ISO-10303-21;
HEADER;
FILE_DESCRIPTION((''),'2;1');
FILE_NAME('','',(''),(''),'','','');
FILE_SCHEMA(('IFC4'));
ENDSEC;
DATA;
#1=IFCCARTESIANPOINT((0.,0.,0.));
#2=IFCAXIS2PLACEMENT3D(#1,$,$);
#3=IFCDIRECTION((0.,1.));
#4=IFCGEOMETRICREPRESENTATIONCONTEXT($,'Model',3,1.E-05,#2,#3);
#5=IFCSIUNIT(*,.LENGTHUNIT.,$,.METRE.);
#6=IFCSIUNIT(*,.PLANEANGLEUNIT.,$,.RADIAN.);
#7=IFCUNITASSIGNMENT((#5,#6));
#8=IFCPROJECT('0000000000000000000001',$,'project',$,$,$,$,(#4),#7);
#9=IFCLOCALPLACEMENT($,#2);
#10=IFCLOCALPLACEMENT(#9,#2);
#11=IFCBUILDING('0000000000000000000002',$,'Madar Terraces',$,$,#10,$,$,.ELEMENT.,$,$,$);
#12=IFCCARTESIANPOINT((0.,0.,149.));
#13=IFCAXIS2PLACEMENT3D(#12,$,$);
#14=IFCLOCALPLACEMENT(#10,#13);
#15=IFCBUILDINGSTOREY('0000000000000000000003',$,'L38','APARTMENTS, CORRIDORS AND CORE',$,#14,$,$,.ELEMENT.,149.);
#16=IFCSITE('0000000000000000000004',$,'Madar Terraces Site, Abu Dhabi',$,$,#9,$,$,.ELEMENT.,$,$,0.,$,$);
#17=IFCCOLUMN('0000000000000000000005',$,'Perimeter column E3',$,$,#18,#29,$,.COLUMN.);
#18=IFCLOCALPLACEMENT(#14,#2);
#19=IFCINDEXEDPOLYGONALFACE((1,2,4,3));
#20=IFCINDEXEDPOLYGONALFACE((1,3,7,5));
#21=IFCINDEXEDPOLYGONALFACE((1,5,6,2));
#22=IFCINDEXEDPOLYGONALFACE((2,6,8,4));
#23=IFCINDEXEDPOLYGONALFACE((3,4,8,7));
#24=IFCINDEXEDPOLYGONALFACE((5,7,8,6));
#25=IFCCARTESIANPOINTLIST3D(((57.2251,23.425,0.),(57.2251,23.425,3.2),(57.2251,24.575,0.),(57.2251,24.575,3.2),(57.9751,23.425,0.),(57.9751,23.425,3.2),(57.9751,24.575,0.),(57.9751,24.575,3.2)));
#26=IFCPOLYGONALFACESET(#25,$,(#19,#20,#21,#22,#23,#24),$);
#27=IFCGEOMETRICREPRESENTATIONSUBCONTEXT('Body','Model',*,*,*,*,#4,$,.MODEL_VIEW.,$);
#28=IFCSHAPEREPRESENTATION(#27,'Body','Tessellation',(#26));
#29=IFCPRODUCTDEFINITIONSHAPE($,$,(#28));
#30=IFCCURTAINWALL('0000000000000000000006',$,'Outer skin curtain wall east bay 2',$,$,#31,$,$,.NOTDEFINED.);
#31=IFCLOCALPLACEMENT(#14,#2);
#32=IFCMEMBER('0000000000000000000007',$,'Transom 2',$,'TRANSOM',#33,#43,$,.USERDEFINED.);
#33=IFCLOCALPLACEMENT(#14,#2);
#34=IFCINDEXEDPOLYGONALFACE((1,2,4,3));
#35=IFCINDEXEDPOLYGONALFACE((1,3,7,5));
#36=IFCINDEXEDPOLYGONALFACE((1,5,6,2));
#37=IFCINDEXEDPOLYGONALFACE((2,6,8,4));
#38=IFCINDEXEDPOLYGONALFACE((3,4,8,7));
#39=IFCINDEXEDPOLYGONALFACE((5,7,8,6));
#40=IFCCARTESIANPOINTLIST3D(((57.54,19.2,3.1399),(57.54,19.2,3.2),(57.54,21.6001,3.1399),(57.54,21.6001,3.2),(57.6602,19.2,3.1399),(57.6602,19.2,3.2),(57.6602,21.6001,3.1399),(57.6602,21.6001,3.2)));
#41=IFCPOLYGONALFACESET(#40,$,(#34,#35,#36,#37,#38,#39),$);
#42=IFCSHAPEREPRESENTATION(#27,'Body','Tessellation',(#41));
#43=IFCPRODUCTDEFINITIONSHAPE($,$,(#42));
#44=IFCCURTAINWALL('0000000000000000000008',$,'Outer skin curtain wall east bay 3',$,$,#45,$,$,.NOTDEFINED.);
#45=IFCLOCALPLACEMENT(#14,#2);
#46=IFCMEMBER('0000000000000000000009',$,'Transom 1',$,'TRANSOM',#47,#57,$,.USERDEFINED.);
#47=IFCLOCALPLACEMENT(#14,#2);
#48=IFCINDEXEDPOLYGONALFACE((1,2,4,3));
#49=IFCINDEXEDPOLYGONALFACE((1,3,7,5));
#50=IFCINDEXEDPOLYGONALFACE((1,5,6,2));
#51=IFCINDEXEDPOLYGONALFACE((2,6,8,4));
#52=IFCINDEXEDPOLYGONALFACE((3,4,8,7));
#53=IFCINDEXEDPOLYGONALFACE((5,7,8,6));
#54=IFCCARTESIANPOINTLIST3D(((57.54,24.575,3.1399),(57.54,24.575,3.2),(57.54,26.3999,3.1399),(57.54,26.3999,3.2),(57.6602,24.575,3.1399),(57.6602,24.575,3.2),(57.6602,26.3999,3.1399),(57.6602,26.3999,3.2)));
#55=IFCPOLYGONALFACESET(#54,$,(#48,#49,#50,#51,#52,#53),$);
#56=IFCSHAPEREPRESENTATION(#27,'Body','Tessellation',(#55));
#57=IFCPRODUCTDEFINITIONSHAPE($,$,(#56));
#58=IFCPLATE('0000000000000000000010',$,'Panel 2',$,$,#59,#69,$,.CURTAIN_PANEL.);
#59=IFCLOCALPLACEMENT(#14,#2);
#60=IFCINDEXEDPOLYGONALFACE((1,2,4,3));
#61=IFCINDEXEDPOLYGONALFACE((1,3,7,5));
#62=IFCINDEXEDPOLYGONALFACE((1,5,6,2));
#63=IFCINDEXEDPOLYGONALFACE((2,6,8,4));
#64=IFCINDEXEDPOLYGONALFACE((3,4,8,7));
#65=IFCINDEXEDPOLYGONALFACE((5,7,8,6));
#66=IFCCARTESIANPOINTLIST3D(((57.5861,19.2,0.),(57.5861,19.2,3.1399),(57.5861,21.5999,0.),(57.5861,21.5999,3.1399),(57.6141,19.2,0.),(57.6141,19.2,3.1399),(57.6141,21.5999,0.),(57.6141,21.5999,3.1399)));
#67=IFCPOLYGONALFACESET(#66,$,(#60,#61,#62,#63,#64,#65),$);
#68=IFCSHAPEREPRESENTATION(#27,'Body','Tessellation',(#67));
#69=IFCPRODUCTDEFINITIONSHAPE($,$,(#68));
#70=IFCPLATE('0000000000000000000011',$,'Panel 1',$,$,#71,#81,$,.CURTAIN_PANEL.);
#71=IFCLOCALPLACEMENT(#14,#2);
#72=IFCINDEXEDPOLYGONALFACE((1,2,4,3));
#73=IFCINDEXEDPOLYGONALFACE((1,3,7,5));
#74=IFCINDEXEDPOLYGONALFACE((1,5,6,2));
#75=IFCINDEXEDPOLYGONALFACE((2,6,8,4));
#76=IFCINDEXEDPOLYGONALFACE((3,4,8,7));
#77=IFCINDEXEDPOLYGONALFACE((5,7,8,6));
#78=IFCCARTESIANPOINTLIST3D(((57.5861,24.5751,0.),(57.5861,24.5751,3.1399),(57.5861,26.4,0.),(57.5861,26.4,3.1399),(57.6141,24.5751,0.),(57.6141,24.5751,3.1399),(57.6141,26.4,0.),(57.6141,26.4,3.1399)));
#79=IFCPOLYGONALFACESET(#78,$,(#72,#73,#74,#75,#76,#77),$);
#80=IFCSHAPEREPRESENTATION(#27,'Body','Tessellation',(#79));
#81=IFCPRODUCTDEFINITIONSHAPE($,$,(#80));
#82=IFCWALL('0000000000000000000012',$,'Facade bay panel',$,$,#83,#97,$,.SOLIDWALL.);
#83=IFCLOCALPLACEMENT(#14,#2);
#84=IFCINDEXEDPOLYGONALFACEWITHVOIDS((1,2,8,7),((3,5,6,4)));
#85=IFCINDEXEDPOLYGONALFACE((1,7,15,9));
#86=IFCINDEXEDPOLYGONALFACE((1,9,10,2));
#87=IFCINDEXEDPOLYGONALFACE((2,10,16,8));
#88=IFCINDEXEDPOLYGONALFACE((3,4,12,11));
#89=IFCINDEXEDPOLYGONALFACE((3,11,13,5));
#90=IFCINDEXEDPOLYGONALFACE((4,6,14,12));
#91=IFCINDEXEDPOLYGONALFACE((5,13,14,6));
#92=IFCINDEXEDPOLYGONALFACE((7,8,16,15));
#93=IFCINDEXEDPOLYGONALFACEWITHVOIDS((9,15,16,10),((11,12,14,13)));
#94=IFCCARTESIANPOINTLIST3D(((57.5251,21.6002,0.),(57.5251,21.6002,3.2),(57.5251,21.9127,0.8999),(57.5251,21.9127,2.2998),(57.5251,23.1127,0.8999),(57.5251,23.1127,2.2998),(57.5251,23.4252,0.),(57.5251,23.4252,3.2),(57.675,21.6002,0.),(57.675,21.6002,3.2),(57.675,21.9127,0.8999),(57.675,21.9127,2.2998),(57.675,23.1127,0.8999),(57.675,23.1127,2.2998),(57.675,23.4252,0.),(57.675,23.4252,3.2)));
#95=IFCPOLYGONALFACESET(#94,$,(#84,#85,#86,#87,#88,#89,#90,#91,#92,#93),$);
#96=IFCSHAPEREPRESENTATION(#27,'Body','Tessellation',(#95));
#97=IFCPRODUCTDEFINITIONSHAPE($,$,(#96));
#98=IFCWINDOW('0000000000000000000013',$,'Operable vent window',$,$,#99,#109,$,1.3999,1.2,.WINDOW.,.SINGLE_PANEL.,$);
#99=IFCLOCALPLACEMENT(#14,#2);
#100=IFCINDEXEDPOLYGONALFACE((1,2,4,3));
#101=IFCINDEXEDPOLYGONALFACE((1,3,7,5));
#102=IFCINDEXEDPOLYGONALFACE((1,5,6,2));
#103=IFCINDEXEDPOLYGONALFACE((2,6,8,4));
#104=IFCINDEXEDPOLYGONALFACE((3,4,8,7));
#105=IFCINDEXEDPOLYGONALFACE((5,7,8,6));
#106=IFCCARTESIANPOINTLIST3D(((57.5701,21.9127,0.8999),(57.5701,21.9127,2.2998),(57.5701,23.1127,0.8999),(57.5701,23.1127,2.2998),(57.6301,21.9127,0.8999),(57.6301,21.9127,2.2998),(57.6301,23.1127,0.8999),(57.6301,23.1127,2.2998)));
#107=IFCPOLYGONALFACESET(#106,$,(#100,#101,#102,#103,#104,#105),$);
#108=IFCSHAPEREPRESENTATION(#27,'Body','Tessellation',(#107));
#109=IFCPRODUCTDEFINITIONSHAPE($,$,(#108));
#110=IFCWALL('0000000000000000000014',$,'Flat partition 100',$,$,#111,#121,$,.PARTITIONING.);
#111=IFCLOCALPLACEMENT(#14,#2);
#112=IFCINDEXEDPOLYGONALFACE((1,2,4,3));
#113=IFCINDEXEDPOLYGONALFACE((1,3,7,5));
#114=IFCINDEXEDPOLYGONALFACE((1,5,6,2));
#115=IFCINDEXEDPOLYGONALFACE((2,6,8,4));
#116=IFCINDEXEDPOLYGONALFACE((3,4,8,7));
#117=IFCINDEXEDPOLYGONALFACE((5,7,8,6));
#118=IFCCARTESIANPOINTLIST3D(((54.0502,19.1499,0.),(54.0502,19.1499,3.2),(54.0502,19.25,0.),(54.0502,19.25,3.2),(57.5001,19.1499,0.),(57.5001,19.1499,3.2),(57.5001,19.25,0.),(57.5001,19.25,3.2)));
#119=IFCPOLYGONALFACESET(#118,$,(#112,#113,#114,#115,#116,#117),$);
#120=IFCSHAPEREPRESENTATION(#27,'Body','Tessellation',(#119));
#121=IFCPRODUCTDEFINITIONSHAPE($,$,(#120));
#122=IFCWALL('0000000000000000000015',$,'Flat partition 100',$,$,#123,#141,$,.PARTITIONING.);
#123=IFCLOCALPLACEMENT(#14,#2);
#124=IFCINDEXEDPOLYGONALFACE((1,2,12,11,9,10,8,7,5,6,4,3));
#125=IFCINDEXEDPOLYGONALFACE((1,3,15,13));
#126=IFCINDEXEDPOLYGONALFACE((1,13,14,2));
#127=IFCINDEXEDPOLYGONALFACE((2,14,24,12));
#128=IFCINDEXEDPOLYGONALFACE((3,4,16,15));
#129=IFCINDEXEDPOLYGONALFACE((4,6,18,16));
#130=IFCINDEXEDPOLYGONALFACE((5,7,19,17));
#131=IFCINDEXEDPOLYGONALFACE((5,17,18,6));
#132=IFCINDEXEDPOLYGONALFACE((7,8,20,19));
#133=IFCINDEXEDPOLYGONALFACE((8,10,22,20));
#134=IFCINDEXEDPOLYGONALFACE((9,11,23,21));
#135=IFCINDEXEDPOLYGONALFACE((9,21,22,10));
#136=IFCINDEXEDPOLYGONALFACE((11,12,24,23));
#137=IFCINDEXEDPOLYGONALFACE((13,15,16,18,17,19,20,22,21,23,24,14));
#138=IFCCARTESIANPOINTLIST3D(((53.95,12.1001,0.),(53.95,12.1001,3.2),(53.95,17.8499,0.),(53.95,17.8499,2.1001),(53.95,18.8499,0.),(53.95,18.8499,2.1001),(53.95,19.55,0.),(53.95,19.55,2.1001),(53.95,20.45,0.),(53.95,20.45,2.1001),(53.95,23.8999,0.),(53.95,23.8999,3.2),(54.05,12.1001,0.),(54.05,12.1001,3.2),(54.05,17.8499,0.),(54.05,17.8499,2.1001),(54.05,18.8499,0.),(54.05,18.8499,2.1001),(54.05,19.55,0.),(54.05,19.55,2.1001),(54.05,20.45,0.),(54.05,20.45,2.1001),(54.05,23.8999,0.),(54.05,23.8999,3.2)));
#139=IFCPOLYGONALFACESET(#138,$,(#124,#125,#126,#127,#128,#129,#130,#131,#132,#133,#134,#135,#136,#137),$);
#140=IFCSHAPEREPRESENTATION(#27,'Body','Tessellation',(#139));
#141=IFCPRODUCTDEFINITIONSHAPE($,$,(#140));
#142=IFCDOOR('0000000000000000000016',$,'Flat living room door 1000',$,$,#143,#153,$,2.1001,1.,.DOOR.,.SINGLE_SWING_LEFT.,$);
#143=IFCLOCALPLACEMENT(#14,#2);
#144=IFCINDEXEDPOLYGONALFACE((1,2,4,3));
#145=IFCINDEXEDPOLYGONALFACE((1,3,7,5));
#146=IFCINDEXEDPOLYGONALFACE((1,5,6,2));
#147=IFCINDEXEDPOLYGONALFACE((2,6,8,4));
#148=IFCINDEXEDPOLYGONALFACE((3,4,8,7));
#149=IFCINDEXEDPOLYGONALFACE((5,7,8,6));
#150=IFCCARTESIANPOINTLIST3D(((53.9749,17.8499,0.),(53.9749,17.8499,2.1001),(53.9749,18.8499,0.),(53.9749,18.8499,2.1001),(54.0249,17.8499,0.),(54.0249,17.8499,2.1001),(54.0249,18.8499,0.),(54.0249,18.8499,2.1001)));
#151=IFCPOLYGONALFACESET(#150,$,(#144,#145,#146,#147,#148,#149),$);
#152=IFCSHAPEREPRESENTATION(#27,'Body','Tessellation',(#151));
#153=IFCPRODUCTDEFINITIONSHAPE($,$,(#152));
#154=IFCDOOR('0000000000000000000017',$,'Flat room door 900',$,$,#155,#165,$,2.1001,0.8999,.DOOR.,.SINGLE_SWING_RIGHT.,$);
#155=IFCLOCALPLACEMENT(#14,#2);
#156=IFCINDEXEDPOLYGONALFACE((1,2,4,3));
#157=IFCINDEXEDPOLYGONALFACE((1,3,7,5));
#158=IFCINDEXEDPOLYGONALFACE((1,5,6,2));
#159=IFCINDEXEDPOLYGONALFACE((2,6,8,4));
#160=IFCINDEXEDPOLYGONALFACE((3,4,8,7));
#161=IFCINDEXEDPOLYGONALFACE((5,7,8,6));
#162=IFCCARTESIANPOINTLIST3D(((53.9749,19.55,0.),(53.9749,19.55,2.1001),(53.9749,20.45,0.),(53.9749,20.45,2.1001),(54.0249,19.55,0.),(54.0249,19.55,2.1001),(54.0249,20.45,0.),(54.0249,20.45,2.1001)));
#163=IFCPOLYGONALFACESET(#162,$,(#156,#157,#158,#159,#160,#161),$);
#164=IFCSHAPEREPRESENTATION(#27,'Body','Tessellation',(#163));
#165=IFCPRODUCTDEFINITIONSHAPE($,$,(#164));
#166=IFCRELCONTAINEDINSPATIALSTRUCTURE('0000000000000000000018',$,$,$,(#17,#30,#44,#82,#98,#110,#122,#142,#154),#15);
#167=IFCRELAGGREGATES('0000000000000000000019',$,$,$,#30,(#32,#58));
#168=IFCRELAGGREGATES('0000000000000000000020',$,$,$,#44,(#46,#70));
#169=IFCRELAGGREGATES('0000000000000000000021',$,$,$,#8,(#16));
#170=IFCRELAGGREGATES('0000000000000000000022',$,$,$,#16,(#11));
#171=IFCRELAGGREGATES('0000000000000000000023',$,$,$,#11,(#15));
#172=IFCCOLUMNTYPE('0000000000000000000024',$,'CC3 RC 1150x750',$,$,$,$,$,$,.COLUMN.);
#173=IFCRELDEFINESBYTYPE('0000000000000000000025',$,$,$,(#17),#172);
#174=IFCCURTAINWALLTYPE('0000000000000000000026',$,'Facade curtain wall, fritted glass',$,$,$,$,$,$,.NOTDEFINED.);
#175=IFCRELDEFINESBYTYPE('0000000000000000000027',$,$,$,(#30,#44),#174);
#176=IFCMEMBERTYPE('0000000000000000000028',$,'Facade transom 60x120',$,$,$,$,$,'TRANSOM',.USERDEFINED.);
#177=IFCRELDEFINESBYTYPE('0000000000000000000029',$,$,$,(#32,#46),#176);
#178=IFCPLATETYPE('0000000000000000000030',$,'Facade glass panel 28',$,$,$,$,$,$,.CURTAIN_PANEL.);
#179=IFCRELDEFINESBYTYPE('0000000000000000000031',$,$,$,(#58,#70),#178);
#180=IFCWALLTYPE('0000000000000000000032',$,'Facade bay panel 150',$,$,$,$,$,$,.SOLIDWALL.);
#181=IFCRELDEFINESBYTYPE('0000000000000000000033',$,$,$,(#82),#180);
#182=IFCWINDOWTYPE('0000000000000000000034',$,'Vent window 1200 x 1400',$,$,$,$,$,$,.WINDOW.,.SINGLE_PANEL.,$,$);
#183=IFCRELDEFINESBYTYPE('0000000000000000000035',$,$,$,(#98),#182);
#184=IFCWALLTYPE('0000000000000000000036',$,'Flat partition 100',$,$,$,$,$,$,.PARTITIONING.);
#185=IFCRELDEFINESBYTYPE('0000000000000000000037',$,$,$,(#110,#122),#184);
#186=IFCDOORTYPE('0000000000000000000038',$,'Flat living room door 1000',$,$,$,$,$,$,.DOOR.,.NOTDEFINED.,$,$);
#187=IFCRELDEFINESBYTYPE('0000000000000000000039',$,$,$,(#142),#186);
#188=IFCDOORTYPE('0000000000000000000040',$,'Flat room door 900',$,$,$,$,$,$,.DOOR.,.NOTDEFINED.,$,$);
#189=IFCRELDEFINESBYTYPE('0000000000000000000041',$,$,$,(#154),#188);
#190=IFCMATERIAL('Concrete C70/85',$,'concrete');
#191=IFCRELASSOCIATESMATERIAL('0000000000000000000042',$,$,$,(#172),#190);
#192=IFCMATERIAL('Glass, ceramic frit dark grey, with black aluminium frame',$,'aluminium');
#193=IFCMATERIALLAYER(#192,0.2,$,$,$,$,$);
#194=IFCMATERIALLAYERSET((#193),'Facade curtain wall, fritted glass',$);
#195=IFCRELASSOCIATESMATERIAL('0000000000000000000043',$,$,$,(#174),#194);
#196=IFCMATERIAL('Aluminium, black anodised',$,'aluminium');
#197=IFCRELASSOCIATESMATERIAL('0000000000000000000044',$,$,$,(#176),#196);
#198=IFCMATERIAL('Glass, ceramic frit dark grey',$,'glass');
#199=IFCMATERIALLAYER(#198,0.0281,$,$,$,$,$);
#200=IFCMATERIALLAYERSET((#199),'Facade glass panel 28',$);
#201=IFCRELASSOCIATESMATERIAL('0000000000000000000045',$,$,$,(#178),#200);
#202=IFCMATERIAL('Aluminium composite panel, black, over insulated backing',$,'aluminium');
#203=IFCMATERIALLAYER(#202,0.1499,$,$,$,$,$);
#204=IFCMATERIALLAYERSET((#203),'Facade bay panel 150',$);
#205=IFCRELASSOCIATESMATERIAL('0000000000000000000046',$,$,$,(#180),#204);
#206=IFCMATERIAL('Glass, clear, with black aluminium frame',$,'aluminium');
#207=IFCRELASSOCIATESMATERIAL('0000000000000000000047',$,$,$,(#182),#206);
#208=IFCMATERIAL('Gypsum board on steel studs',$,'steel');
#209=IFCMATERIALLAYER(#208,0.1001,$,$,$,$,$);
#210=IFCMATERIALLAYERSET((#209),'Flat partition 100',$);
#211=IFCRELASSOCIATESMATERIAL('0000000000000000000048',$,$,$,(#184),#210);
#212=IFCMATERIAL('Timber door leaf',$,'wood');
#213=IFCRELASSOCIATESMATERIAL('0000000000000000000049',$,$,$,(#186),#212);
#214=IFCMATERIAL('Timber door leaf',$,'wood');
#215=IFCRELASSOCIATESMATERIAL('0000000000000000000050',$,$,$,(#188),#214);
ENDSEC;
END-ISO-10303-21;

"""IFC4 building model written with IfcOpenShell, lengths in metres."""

from ifc_helpers import new_model, si_unit, direction, frame, frame_2d, origin, origin_2d, place, context, subcontext, project, spatial, rectangle, extrude, material, layer, layer_set, material_profile, profile_set, type_object, element, fill, aggregate, save


model = new_model("IFC4")

# Units and contexts
model_context = context("Model", 3, precision=1e-05, world=origin(), true_north=direction((0.0, 1.0)))
body_context = subcontext(model_context, "Body", "Model", "MODEL_VIEW")
ifc_project = project(units=[si_unit("LENGTHUNIT", "METRE"), si_unit("PLANEANGLEUNIT", "RADIAN")], contexts=[model_context])

# Site, building, storey
site_placement = place(None, origin())
site = spatial("IfcSite", under=ifc_project, at=site_placement, Name="Madar Terraces Site, Abu Dhabi", CompositionType="ELEMENT", RefElevation=0.0)
building_placement = place(site_placement, origin())
building = spatial("IfcBuilding", under=site, at=building_placement, Name="Madar Terraces", CompositionType="ELEMENT")
storey_placement = place(building_placement, frame((0.0, 0.0, 149.0)))
storey = spatial("IfcBuildingStorey", under=building, at=storey_placement, Name="L38", Description="APARTMENTS, CORRIDORS AND CORE", CompositionType="ELEMENT", Elevation=149.0)

# Column
ifc_material_1 = material(Name="Concrete C70/85", Category="concrete")
ifc_material_profile_1 = material_profile(ifc_material_1, rectangle(XDim=1.1499, YDim=0.75, at=origin_2d()), Name="CC3 RC 1150x750")
ifc_profile_set_1 = profile_set([ifc_material_profile_1], Name="Concrete C70/85")
column_type = type_object("IfcColumnType", Name="CC3 RC 1150x750", PredefinedType="COLUMN", material=ifc_profile_set_1)
column_placement = place(storey_placement, frame((57.6001, 24.0, 0.0), z_axis=(0.0, 0.0, 1.0), x_axis=(0.0, 1.0, 0.0)))
element("IfcColumn", 1, at=column_placement, inside=storey, type_object=column_type, Name="Perimeter column E3", PredefinedType="COLUMN", context=body_context, shape_type="SweptSolid", body=[
    extrude(rectangle(XDim=1.1499, YDim=0.75, at=origin_2d()), origin(), (0.0, 0.0, 1.0), 3.2),
])

# Curtain walls, members
ifc_material_2 = material(Name="Glass, ceramic frit dark grey, with black aluminium frame", Category="aluminium")
ifc_layer_1 = layer(ifc_material_2, 0.2)
ifc_layer_set_1 = layer_set([ifc_layer_1], Name="Facade curtain wall, fritted glass")
curtain_wall_type = type_object("IfcCurtainWallType", Name="Facade curtain wall, fritted glass", PredefinedType="NOTDEFINED", material=ifc_layer_set_1)
curtain_wall_1_placement = place(storey_placement, origin())
curtain_wall_1 = element("IfcCurtainWall", 2, at=curtain_wall_1_placement, inside=storey, type_object=curtain_wall_type, Name="Outer skin curtain wall east bay 2", PredefinedType="NOTDEFINED")
ifc_material_3 = material(Name="Aluminium, black anodised", Category="aluminium")
ifc_material_profile_2 = material_profile(ifc_material_3, rectangle(XDim=0.1201, YDim=0.0601, at=origin_2d()), Name="Facade transom 60x120")
ifc_profile_set_2 = profile_set([ifc_material_profile_2], Name="Aluminium, black anodised")
member_type = type_object("IfcMemberType", Name="Facade transom 60x120", ElementType="TRANSOM", PredefinedType="USERDEFINED", material=ifc_profile_set_2)
member_1_placement = place(storey_placement, frame((57.6001, 19.2, 3.1699), z_axis=(0.0, 1.0, 0.0), x_axis=(-1.0, 0.0, 0.0)))
member_1 = element("IfcMember", 3, at=member_1_placement, type_object=member_type, Name="Transom 2", ObjectType="TRANSOM", PredefinedType="USERDEFINED", context=body_context, shape_type="SweptSolid", body=[
    extrude(rectangle(XDim=0.1201, YDim=0.0601, at=origin_2d()), origin(), (0.0, 0.0, 1.0), 2.4001),
])
curtain_wall_2_placement = place(storey_placement, origin())
curtain_wall_2 = element("IfcCurtainWall", 4, at=curtain_wall_2_placement, inside=storey, type_object=curtain_wall_type, Name="Outer skin curtain wall east bay 3", PredefinedType="NOTDEFINED")
member_2_placement = place(storey_placement, frame((57.6001, 24.575, 3.1699), z_axis=(0.0, 1.0, 0.0), x_axis=(-1.0, 0.0, 0.0)))
member_2 = element("IfcMember", 5, at=member_2_placement, type_object=member_type, Name="Transom 1", ObjectType="TRANSOM", PredefinedType="USERDEFINED", context=body_context, shape_type="SweptSolid", body=[
    extrude(rectangle(XDim=0.1201, YDim=0.0601, at=origin_2d()), origin(), (0.0, 0.0, 1.0), 1.825),
])

# Plates
ifc_material_4 = material(Name="Glass, ceramic frit dark grey", Category="glass")
ifc_layer_2 = layer(ifc_material_4, 0.0281)
ifc_layer_set_2 = layer_set([ifc_layer_2], Name="Facade glass panel 28")
plate_type = type_object("IfcPlateType", Name="Facade glass panel 28", PredefinedType="CURTAIN_PANEL", material=ifc_layer_set_2)
plate_1_placement = place(storey_placement, frame((57.6001, 20.3999, 0.0), z_axis=(0.0, 0.0, 1.0), x_axis=(0.0, 1.0, 0.0)))
plate_1 = element("IfcPlate", 6, at=plate_1_placement, type_object=plate_type, Name="Panel 2", PredefinedType="CURTAIN_PANEL", context=body_context, shape_type="SweptSolid", body=[
    extrude(rectangle(XDim=2.3999, YDim=0.0281, at=origin_2d()), origin(), (0.0, 0.0, 1.0), 3.1399),
])
aggregate(curtain_wall_1, [member_1, plate_1])
plate_2_placement = place(storey_placement, frame((57.6001, 25.4875, 0.0), z_axis=(0.0, 0.0, 1.0), x_axis=(0.0, 1.0, 0.0)))
plate_2 = element("IfcPlate", 7, at=plate_2_placement, type_object=plate_type, Name="Panel 1", PredefinedType="CURTAIN_PANEL", context=body_context, shape_type="SweptSolid", body=[
    extrude(rectangle(XDim=1.825, YDim=0.0281, at=origin_2d()), origin(), (0.0, 0.0, 1.0), 3.1399),
])
aggregate(curtain_wall_2, [member_2, plate_2])

# Wall, opening, window
ifc_material_5 = material(Name="Aluminium composite panel, black, over insulated backing", Category="aluminium")
ifc_layer_3 = layer(ifc_material_5, 0.1499)
ifc_layer_set_3 = layer_set([ifc_layer_3], Name="Facade bay panel 150")
wall_type_1 = type_object("IfcWallType", Name="Facade bay panel 150", PredefinedType="SOLIDWALL", material=ifc_layer_set_3)
wall_1_placement = place(storey_placement, frame((57.6001, 21.6001, 0.0), z_axis=(0.0, 0.0, 1.0), x_axis=(0.0, 1.0, 0.0)))
wall_1 = element("IfcWall", 8, at=wall_1_placement, inside=storey, type_object=wall_type_1, Name="Facade bay panel", PredefinedType="SOLIDWALL", context=body_context, shape_type="SweptSolid", body=[
    extrude(rectangle(XDim=1.825, YDim=0.1499, at=frame_2d((0.9126, 0.0))), origin(), (0.0, 0.0, 1.0), 3.2),
])
opening_1_placement = place(wall_1_placement, frame((0.3125, 0.0, 0.8999)))
opening_1 = element("IfcOpeningElement", 9, at=opening_1_placement, cuts=wall_1, PredefinedType="OPENING", context=body_context, shape_type="SweptSolid", body=[
    extrude(rectangle(XDim=1.2, YDim=1.3999, at=frame_2d((0.6001, 0.7))), frame((0.0, 0.085, 0.0), z_axis=(0.0, -1.0, 0.0), x_axis=(1.0, 0.0, 0.0)), (0.0, 0.0, 1.0), 0.1699),
])
ifc_material_6 = material(Name="Glass, clear, with black aluminium frame", Category="aluminium")
window_type = type_object("IfcWindowType", Name="Vent window 1200 x 1400", PartitioningType="SINGLE_PANEL", PredefinedType="WINDOW", material=ifc_material_6)
window_placement = place(opening_1_placement, origin())
window = element("IfcWindow", 10, at=window_placement, inside=storey, type_object=window_type, Name="Operable vent window", OverallHeight=1.3999, OverallWidth=1.2, PartitioningType="SINGLE_PANEL", PredefinedType="WINDOW", context=body_context, shape_type="SweptSolid", body=[
    extrude(rectangle(XDim=1.2, YDim=1.3999, at=frame_2d((0.6001, 0.7))), frame((0.0, 0.03, 0.0), z_axis=(0.0, -1.0, 0.0), x_axis=(1.0, 0.0, 0.0)), (0.0, 0.0, 1.0), 0.0601),
])
fill(opening_1, window)

# Wall
ifc_material_7 = material(Name="Gypsum board on steel studs", Category="steel")
ifc_layer_4 = layer(ifc_material_7, 0.1001)
ifc_layer_set_4 = layer_set([ifc_layer_4], Name="Flat partition 100")
wall_type_2 = type_object("IfcWallType", Name="Flat partition 100", PredefinedType="PARTITIONING", material=ifc_layer_set_4)
wall_2_placement = place(storey_placement, frame((54.05, 19.2, 0.0), z_axis=(0.0, 0.0, 1.0), x_axis=(1.0, 0.0, 0.0)))
element("IfcWall", 11, at=wall_2_placement, inside=storey, type_object=wall_type_2, Name="Flat partition 100", PredefinedType="PARTITIONING", context=body_context, shape_type="SweptSolid", body=[
    extrude(rectangle(XDim=3.45, YDim=0.1001, at=frame_2d((1.7251, 0.0))), origin(), (0.0, 0.0, 1.0), 3.2),
])

# Wall, openings, doors
wall_3_placement = place(storey_placement, frame((54.0, 23.8999, 0.0), z_axis=(0.0, 0.0, 1.0), x_axis=(0.0, -1.0, 0.0)))
wall_3 = element("IfcWall", 12, at=wall_3_placement, inside=storey, type_object=wall_type_2, Name="Flat partition 100", PredefinedType="PARTITIONING", context=body_context, shape_type="SweptSolid", body=[
    extrude(rectangle(XDim=11.7998, YDim=0.1001, at=frame_2d((5.8999, 0.0))), origin(), (0.0, 0.0, 1.0), 3.2),
])
opening_2_placement = place(wall_3_placement, frame((3.45, 0.0, 0.0)))
opening_2 = element("IfcOpeningElement", 13, at=opening_2_placement, cuts=wall_3, PredefinedType="OPENING", context=body_context, shape_type="SweptSolid", body=[
    extrude(rectangle(XDim=0.8999, YDim=2.1001, at=frame_2d((0.45, 1.05))), frame((0.0, 0.0601, 0.0), z_axis=(0.0, -1.0, 0.0), x_axis=(1.0, 0.0, 0.0)), (0.0, 0.0, 1.0), 0.1201),
])
opening_3_placement = place(wall_3_placement, frame((5.05, 0.0, 0.0)))
opening_3 = element("IfcOpeningElement", 14, at=opening_3_placement, cuts=wall_3, PredefinedType="OPENING", context=body_context, shape_type="SweptSolid", body=[
    extrude(rectangle(XDim=1.0, YDim=2.1001, at=frame_2d((0.5, 1.05))), frame((0.0, 0.0601, 0.0), z_axis=(0.0, -1.0, 0.0), x_axis=(1.0, 0.0, 0.0)), (0.0, 0.0, 1.0), 0.1201),
])
ifc_material_8 = material(Name="Timber door leaf", Category="wood")
door_type_1 = type_object("IfcDoorType", Name="Flat living room door 1000", OperationType="NOTDEFINED", PredefinedType="DOOR", material=ifc_material_8)
door_1_placement = place(opening_3_placement, origin())
door_1 = element("IfcDoor", 15, at=door_1_placement, inside=storey, type_object=door_type_1, Name="Flat living room door 1000", OperationType="SINGLE_SWING_LEFT", OverallHeight=2.1001, OverallWidth=1.0, PredefinedType="DOOR", context=body_context, shape_type="SweptSolid", body=[
    extrude(rectangle(XDim=1.0, YDim=2.1001, at=frame_2d((0.5, 1.05))), frame((0.0, 0.0249, 0.0), z_axis=(0.0, -1.0, 0.0), x_axis=(1.0, 0.0, 0.0)), (0.0, 0.0, 1.0), 0.05),
])
fill(opening_3, door_1)
ifc_material_9 = material(Name="Timber door leaf", Category="wood")
door_type_2 = type_object("IfcDoorType", Name="Flat room door 900", OperationType="NOTDEFINED", PredefinedType="DOOR", material=ifc_material_9)
door_2_placement = place(opening_2_placement, origin())
door_2 = element("IfcDoor", 16, at=door_2_placement, inside=storey, type_object=door_type_2, Name="Flat room door 900", OperationType="SINGLE_SWING_RIGHT", OverallHeight=2.1001, OverallWidth=0.8999, PredefinedType="DOOR", context=body_context, shape_type="SweptSolid", body=[
    extrude(rectangle(XDim=0.8999, YDim=2.1001, at=frame_2d((0.45, 1.05))), frame((0.0, 0.0249, 0.0), z_axis=(0.0, -1.0, 0.0), x_axis=(1.0, 0.0, 0.0)), (0.0, 0.0, 1.0), 0.05),
])
fill(opening_2, door_2)

save(model, "model.ifc")
